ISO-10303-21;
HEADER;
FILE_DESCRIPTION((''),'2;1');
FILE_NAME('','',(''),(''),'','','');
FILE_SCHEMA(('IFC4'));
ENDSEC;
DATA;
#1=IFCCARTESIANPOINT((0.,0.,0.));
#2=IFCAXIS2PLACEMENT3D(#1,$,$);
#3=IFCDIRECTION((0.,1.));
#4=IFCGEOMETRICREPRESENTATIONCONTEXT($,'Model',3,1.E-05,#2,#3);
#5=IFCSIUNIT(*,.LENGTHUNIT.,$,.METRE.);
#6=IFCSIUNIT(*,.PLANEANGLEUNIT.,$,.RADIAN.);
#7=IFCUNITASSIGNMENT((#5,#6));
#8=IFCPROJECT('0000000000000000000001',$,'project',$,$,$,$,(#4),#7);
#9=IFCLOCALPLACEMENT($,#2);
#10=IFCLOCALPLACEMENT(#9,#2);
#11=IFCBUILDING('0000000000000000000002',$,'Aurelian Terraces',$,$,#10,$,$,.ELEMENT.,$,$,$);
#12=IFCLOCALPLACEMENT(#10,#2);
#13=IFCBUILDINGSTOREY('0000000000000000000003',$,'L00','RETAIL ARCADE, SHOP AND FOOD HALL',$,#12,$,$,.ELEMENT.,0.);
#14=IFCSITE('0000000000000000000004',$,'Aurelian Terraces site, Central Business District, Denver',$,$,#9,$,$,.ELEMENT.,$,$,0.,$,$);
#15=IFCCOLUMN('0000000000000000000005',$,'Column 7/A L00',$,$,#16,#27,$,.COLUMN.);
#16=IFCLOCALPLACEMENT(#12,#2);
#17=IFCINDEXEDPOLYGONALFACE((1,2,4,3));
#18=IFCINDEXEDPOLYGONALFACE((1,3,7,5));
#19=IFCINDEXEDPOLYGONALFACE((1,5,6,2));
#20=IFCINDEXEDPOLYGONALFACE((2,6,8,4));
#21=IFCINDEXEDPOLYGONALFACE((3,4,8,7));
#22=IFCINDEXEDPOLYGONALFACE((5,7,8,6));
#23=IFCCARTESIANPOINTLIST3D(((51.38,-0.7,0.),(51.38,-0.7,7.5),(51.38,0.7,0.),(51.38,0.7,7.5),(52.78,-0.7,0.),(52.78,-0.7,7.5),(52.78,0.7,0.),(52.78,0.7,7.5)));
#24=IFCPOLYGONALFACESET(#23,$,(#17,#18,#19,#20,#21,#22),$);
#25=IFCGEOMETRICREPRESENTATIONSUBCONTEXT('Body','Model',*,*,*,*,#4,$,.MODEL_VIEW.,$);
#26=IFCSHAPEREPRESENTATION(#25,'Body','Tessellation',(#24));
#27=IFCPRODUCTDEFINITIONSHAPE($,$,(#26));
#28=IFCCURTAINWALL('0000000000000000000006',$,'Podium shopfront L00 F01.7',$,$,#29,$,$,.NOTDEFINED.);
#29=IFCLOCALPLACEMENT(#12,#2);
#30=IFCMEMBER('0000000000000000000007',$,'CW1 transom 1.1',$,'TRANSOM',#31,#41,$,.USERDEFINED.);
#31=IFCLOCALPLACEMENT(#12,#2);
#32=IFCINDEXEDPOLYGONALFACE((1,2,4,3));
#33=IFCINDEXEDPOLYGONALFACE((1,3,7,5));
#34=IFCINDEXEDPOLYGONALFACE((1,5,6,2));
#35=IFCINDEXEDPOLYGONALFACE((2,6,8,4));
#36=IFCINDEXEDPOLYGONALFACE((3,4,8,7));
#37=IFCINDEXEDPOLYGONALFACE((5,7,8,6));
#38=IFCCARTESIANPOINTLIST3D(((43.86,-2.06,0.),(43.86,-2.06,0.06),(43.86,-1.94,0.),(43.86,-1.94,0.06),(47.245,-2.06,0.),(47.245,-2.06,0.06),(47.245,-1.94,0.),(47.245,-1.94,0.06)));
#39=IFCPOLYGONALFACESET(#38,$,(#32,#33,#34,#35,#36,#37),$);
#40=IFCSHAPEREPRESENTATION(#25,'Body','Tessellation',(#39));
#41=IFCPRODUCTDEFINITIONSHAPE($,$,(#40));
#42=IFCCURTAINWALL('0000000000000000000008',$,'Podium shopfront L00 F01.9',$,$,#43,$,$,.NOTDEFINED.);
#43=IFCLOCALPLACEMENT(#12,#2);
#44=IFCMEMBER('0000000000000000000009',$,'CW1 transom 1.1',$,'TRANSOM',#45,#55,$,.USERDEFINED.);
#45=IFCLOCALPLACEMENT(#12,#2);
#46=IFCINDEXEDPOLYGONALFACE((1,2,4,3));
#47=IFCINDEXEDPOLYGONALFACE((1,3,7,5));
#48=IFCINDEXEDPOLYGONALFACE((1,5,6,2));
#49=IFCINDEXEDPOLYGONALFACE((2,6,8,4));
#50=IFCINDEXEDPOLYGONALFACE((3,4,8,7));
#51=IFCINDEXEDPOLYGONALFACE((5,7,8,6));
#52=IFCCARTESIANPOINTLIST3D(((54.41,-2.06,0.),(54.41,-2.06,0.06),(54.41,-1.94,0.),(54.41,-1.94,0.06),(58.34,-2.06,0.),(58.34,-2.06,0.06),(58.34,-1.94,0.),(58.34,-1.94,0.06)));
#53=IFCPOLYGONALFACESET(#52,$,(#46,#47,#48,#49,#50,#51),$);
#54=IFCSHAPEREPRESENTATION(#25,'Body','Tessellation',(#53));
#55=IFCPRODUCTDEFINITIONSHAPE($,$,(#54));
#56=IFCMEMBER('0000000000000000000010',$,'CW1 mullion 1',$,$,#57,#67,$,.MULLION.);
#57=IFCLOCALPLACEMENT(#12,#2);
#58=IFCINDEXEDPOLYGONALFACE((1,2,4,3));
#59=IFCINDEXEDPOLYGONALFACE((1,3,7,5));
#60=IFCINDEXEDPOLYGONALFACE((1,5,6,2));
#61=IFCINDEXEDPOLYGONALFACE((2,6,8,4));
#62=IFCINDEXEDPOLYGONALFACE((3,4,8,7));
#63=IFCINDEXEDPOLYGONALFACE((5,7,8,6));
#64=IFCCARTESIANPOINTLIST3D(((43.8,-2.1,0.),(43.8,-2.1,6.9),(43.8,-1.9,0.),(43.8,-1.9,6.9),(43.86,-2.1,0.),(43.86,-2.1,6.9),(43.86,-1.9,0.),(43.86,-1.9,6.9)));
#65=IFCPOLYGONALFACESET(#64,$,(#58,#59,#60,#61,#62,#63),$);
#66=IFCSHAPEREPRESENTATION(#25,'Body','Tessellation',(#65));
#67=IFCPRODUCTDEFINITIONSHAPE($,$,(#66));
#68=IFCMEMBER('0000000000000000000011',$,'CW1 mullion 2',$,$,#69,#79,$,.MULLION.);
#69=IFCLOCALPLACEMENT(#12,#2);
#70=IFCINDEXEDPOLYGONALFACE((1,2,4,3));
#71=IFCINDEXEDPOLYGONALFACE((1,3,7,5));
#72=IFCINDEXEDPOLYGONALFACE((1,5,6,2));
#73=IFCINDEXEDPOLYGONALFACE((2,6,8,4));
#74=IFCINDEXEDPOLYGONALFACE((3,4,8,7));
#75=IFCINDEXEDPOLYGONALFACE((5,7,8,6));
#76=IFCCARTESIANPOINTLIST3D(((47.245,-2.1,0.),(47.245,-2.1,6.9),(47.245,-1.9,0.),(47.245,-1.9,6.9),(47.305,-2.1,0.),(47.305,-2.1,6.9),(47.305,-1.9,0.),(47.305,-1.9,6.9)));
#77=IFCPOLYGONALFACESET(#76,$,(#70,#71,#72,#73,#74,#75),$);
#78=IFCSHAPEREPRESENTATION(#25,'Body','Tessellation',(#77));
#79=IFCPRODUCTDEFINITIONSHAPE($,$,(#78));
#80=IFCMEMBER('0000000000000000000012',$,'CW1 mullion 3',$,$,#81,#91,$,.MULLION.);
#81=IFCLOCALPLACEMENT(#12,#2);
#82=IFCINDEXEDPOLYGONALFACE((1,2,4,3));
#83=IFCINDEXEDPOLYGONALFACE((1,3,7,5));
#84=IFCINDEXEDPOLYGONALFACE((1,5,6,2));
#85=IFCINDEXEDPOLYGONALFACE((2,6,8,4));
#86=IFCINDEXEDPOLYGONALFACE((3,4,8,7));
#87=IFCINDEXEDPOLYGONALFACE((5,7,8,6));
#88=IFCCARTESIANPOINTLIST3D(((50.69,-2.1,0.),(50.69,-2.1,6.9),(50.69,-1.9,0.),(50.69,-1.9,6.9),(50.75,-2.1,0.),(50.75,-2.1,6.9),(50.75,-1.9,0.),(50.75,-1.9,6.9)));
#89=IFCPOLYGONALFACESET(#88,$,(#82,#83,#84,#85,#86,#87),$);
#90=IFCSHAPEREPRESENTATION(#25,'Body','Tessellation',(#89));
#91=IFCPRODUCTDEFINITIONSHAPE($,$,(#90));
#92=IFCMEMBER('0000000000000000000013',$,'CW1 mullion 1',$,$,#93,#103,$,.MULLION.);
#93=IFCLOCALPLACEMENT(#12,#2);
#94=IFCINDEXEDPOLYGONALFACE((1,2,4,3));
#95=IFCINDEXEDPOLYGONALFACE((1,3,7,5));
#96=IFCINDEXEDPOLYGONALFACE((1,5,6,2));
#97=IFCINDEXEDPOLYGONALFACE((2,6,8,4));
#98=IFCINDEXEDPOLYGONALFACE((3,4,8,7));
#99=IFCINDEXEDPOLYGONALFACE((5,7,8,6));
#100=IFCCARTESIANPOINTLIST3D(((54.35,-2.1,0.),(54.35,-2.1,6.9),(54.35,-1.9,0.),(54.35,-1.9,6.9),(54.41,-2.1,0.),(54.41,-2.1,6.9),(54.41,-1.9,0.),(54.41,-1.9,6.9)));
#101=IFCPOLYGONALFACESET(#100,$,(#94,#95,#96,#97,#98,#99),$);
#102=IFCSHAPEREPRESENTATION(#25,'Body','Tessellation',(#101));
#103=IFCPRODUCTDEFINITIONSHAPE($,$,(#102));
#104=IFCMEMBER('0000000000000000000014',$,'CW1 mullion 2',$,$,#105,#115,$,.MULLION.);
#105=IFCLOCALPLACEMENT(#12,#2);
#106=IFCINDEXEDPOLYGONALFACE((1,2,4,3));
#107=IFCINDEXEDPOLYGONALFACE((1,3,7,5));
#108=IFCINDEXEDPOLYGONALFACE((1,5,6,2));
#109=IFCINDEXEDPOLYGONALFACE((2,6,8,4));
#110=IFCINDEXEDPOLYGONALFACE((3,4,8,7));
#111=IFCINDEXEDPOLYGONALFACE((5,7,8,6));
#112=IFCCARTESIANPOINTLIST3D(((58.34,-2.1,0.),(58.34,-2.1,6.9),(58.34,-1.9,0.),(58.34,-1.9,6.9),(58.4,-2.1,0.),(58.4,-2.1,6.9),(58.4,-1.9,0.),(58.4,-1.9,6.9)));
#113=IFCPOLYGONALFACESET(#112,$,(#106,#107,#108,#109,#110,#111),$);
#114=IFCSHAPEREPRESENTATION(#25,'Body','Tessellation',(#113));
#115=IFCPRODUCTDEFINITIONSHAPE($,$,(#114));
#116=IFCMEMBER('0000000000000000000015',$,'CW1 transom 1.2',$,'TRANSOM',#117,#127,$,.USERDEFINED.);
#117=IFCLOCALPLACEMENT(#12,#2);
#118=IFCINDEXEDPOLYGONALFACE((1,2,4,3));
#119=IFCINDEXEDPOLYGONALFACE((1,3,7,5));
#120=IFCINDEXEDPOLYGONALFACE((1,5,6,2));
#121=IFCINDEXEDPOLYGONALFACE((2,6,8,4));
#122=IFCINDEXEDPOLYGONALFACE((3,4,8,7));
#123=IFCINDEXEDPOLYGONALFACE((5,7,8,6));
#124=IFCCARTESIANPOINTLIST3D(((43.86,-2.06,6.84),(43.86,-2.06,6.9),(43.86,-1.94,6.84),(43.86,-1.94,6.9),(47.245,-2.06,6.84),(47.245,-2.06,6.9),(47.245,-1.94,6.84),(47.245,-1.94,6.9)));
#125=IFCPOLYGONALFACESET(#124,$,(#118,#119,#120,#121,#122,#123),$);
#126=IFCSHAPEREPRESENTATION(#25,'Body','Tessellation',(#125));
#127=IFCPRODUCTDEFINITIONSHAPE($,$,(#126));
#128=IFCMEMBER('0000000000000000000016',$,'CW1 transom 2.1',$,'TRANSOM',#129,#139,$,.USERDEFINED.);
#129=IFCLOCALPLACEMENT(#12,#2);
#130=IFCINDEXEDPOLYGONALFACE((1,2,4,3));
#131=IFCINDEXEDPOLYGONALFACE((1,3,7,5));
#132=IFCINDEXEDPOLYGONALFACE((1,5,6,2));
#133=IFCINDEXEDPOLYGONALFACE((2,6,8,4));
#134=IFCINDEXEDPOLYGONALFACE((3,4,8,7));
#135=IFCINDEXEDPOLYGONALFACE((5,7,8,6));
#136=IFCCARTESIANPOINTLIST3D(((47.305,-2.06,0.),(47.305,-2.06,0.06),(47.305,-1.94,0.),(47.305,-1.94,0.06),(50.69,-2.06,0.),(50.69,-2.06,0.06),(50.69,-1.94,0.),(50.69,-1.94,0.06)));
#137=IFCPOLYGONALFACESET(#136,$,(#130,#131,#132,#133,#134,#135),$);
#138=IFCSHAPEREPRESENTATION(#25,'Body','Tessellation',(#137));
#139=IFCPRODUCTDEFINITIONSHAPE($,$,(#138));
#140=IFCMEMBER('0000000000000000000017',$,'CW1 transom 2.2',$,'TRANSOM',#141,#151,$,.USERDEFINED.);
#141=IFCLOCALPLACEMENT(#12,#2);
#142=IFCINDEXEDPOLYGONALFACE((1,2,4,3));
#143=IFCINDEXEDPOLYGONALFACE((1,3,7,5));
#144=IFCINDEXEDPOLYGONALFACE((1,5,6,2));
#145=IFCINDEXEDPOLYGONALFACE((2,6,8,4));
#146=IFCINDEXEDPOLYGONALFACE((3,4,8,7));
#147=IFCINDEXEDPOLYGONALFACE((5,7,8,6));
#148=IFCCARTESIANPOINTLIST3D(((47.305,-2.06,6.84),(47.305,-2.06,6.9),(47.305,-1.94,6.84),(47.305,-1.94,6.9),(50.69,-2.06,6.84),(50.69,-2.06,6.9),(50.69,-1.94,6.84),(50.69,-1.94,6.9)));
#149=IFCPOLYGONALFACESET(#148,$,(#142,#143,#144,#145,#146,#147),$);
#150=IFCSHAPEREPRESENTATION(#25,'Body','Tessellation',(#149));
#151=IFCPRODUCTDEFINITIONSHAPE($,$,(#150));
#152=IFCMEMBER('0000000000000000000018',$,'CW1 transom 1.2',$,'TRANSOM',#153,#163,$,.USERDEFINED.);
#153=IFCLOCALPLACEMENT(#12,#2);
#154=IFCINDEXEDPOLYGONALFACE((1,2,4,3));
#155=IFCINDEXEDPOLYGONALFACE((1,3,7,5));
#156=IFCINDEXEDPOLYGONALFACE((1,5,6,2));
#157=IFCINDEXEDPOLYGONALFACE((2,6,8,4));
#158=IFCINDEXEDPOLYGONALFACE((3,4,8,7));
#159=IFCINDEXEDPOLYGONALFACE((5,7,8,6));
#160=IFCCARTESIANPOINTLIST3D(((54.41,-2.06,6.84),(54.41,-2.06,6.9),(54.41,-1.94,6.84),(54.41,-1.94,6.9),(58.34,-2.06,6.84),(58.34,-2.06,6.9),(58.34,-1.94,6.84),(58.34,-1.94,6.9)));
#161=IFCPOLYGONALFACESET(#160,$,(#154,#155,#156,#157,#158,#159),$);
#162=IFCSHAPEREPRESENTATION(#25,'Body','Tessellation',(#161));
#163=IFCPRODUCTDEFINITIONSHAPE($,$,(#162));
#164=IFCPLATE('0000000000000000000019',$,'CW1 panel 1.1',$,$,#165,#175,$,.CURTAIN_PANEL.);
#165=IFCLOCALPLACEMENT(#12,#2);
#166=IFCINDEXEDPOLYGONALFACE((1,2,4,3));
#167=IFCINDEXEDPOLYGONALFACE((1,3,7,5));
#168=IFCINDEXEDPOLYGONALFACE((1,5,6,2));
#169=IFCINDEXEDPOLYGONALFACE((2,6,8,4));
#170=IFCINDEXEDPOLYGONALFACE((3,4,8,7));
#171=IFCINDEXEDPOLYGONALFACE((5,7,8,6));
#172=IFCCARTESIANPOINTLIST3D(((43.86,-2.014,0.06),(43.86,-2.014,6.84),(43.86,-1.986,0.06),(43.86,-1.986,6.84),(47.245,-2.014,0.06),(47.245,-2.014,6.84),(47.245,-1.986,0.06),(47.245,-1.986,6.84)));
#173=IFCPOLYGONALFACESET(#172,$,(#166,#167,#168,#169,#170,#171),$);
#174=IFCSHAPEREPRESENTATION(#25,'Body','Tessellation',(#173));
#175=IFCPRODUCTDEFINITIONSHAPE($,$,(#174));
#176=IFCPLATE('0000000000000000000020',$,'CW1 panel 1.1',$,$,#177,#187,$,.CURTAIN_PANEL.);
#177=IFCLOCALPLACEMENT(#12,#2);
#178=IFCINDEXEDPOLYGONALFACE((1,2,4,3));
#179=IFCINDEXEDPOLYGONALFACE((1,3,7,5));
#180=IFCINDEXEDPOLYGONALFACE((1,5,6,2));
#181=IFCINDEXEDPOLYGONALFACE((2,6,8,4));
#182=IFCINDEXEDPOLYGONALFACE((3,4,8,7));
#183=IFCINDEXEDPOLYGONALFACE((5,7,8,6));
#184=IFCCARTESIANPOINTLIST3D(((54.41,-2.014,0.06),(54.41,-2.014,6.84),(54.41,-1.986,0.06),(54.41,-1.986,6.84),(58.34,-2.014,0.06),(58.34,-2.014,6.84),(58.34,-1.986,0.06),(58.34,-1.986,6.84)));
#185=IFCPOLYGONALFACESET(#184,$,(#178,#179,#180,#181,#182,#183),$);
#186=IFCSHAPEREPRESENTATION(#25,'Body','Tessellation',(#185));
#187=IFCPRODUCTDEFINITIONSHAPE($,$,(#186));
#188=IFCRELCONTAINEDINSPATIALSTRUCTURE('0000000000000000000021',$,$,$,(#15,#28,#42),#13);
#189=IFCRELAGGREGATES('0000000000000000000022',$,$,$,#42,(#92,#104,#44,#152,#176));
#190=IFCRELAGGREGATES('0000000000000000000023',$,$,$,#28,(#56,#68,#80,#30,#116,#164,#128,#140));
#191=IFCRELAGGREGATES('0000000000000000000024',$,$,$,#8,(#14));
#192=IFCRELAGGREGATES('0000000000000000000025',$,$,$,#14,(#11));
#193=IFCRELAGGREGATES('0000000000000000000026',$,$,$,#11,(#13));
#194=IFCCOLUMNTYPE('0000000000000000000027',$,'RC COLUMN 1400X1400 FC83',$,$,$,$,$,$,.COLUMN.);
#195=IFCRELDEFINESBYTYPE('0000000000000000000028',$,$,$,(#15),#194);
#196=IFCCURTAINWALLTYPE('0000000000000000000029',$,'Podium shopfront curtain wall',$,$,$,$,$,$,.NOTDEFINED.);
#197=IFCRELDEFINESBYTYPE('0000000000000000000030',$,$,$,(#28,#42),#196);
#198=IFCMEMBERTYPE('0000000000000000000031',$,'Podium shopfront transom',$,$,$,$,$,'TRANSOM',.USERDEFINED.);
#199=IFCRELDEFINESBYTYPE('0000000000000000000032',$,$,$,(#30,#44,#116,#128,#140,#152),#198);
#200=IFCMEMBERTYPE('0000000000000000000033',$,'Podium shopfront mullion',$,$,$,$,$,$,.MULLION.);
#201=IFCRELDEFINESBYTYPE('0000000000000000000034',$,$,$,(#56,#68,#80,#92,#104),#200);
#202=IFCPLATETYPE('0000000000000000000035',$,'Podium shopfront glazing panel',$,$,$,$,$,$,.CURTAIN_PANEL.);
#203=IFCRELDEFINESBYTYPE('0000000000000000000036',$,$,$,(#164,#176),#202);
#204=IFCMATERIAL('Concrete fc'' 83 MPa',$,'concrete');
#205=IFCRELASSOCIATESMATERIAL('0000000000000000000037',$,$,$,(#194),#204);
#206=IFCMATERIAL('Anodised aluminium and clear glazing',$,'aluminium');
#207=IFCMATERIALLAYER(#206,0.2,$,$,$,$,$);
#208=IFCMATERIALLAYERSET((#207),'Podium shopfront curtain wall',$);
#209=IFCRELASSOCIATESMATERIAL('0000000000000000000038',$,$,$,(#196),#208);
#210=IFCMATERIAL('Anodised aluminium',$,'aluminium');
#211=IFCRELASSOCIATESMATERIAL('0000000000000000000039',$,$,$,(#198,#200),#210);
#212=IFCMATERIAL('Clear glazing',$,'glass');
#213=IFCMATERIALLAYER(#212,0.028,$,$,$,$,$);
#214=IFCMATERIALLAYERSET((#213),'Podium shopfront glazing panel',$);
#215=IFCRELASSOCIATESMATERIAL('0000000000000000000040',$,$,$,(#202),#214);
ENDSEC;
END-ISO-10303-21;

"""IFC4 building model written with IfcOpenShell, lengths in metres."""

from ifc_helpers import new_model, si_unit, direction, frame, origin, origin_2d, place, context, subcontext, project, spatial, rectangle, extrude, source, transform, mapped, material, layer, layer_set, material_profile, profile_set, type_object, element, aggregate, save


model = new_model("IFC4")

# Units and contexts
model_context = context("Model", 3, precision=1e-05, world=origin(), true_north=direction((0.0, 1.0)))
body_context = subcontext(model_context, "Body", "Model", "MODEL_VIEW")
ifc_project = project(units=[si_unit("LENGTHUNIT", "METRE"), si_unit("PLANEANGLEUNIT", "RADIAN")], contexts=[model_context])

# Site, building, storey
site_placement = place(None, origin())
site = spatial("IfcSite", under=ifc_project, at=site_placement, Name="Aurelian Terraces site, Central Business District, Denver", CompositionType="ELEMENT", RefElevation=0.0)
building_placement = place(site_placement, origin())
building = spatial("IfcBuilding", under=site, at=building_placement, Name="Aurelian Terraces", CompositionType="ELEMENT")
storey_placement = place(building_placement, origin())
storey = spatial("IfcBuildingStorey", under=building, at=storey_placement, Name="L00", Description="RETAIL ARCADE, SHOP AND FOOD HALL", CompositionType="ELEMENT", Elevation=0.0)

# Column
ifc_material_1 = material(Name="Concrete fc' 83 MPa", Category="concrete")
ifc_material_profile_1 = material_profile(ifc_material_1, rectangle(XDim=1.4, YDim=1.4, at=origin_2d()))
ifc_profile_set_1 = profile_set([ifc_material_profile_1], Name="Concrete fc' 83 MPa")
column_type = type_object("IfcColumnType", Name="RC COLUMN 1400X1400 FC83", PredefinedType="COLUMN", material=ifc_profile_set_1)
shared_shape_1 = source(origin(), body_context, "Body", "SweptSolid", [
    extrude(rectangle(XDim=1.4, YDim=1.4, at=origin_2d()), origin(), (0.0, 0.0, 1.0), 7.5),
])
column_placement = place(storey_placement, frame((52.08, 0.0, 0.0), z_axis=(0.0, 0.0, 1.0), x_axis=(1.0, 0.0, 0.0)))
element("IfcColumn", 1, at=column_placement, inside=storey, type_object=column_type, Name="Column 7/A L00", PredefinedType="COLUMN", context=body_context, shape_type="MappedRepresentation", body=[
    mapped(shared_shape_1, transform((0.0, 0.0, 0.0), scale=1.0)),
])

# Curtain walls, members
ifc_material_2 = material(Name="Anodised aluminium and clear glazing", Category="aluminium")
ifc_layer_1 = layer(ifc_material_2, 0.2)
ifc_layer_set_1 = layer_set([ifc_layer_1], Name="Podium shopfront curtain wall")
curtain_wall_type = type_object("IfcCurtainWallType", Name="Podium shopfront curtain wall", PredefinedType="NOTDEFINED", material=ifc_layer_set_1)
curtain_wall_1_placement = place(storey_placement, origin())
curtain_wall_1 = element("IfcCurtainWall", 2, at=curtain_wall_1_placement, inside=storey, type_object=curtain_wall_type, Name="Podium shopfront L00 F01.7", PredefinedType="NOTDEFINED")
ifc_material_3 = material(Name="Anodised aluminium", Category="aluminium")
ifc_material_profile_2 = material_profile(ifc_material_3, rectangle(XDim=0.12, YDim=0.06, at=origin_2d()))
ifc_profile_set_2 = profile_set([ifc_material_profile_2], Name="Anodised aluminium")
member_type_1 = type_object("IfcMemberType", Name="Podium shopfront transom", ElementType="TRANSOM", PredefinedType="USERDEFINED", material=ifc_profile_set_2)
member_1_placement = place(storey_placement, frame((43.86, -2.0, 0.03), z_axis=(1.0, 0.0, 0.0), x_axis=(0.0, 1.0, 0.0)))
member_1 = element("IfcMember", 3, at=member_1_placement, type_object=member_type_1, Name="CW1 transom 1.1", ObjectType="TRANSOM", PredefinedType="USERDEFINED", context=body_context, shape_type="SweptSolid", body=[
    extrude(rectangle(XDim=0.12, YDim=0.06, at=origin_2d()), origin(), (0.0, 0.0, 1.0), 3.385),
])
curtain_wall_2_placement = place(storey_placement, origin())
curtain_wall_2 = element("IfcCurtainWall", 4, at=curtain_wall_2_placement, inside=storey, type_object=curtain_wall_type, Name="Podium shopfront L00 F01.9", PredefinedType="NOTDEFINED")
member_2_placement = place(storey_placement, frame((54.41, -2.0, 0.03), z_axis=(1.0, 0.0, 0.0), x_axis=(0.0, 1.0, 0.0)))
member_2 = element("IfcMember", 5, at=member_2_placement, type_object=member_type_1, Name="CW1 transom 1.1", ObjectType="TRANSOM", PredefinedType="USERDEFINED", context=body_context, shape_type="SweptSolid", body=[
    extrude(rectangle(XDim=0.12, YDim=0.06, at=origin_2d()), origin(), (0.0, 0.0, 1.0), 3.93),
])

# Members
ifc_material_profile_3 = material_profile(ifc_material_3, rectangle(XDim=0.2, YDim=0.06, at=origin_2d()))
ifc_profile_set_3 = profile_set([ifc_material_profile_3], Name="Anodised aluminium")
member_type_2 = type_object("IfcMemberType", Name="Podium shopfront mullion", PredefinedType="MULLION", material=ifc_profile_set_3)
shared_shape_2 = source(origin(), body_context, "Body", "SweptSolid", [
    extrude(rectangle(XDim=0.2, YDim=0.06, at=origin_2d()), origin(), (0.0, 0.0, 1.0), 6.9),
])
member_3_placement = place(storey_placement, frame((43.83, -2.0, 0.0), z_axis=(0.0, 0.0, 1.0), x_axis=(0.0, 1.0, 0.0)))
member_3 = element("IfcMember", 6, at=member_3_placement, type_object=member_type_2, Name="CW1 mullion 1", PredefinedType="MULLION", context=body_context, shape_type="MappedRepresentation", body=[
    mapped(shared_shape_2, transform((0.0, 0.0, 0.0), scale=1.0)),
])
member_4_placement = place(storey_placement, frame((47.275, -2.0, 0.0), z_axis=(0.0, 0.0, 1.0), x_axis=(0.0, 1.0, 0.0)))
member_4 = element("IfcMember", 7, at=member_4_placement, type_object=member_type_2, Name="CW1 mullion 2", PredefinedType="MULLION", context=body_context, shape_type="MappedRepresentation", body=[
    mapped(shared_shape_2, transform((0.0, 0.0, 0.0), scale=1.0)),
])
member_5_placement = place(storey_placement, frame((50.72, -2.0, 0.0), z_axis=(0.0, 0.0, 1.0), x_axis=(0.0, 1.0, 0.0)))
member_5 = element("IfcMember", 8, at=member_5_placement, type_object=member_type_2, Name="CW1 mullion 3", PredefinedType="MULLION", context=body_context, shape_type="MappedRepresentation", body=[
    mapped(shared_shape_2, transform((0.0, 0.0, 0.0), scale=1.0)),
])
member_6_placement = place(storey_placement, frame((54.38, -2.0, 0.0), z_axis=(0.0, 0.0, 1.0), x_axis=(0.0, 1.0, 0.0)))
member_6 = element("IfcMember", 9, at=member_6_placement, type_object=member_type_2, Name="CW1 mullion 1", PredefinedType="MULLION", context=body_context, shape_type="MappedRepresentation", body=[
    mapped(shared_shape_2, transform((0.0, 0.0, 0.0), scale=1.0)),
])
member_7_placement = place(storey_placement, frame((58.37, -2.0, 0.0), z_axis=(0.0, 0.0, 1.0), x_axis=(0.0, 1.0, 0.0)))
member_7 = element("IfcMember", 10, at=member_7_placement, type_object=member_type_2, Name="CW1 mullion 2", PredefinedType="MULLION", context=body_context, shape_type="MappedRepresentation", body=[
    mapped(shared_shape_2, transform((0.0, 0.0, 0.0), scale=1.0)),
])
shared_shape_3 = source(origin(), body_context, "Body", "SweptSolid", [
    extrude(rectangle(XDim=0.12, YDim=0.06, at=origin_2d()), origin(), (0.0, 0.0, 1.0), 3.385),
])
member_8_placement = place(storey_placement, frame((43.86, -2.0, 6.87), z_axis=(1.0, 0.0, 0.0), x_axis=(0.0, 1.0, 0.0)))
member_8 = element("IfcMember", 11, at=member_8_placement, type_object=member_type_1, Name="CW1 transom 1.2", ObjectType="TRANSOM", PredefinedType="USERDEFINED", context=body_context, shape_type="MappedRepresentation", body=[
    mapped(shared_shape_3, transform((0.0, 0.0, 0.0), scale=1.0)),
])
member_9_placement = place(storey_placement, frame((47.305, -2.0, 0.03), z_axis=(1.0, 0.0, 0.0), x_axis=(0.0, 1.0, 0.0)))
member_9 = element("IfcMember", 12, at=member_9_placement, type_object=member_type_1, Name="CW1 transom 2.1", ObjectType="TRANSOM", PredefinedType="USERDEFINED", context=body_context, shape_type="MappedRepresentation", body=[
    mapped(shared_shape_3, transform((0.0, 0.0, 0.0), scale=1.0)),
])
member_10_placement = place(storey_placement, frame((47.305, -2.0, 6.87), z_axis=(1.0, 0.0, 0.0), x_axis=(0.0, 1.0, 0.0)))
member_10 = element("IfcMember", 13, at=member_10_placement, type_object=member_type_1, Name="CW1 transom 2.2", ObjectType="TRANSOM", PredefinedType="USERDEFINED", context=body_context, shape_type="MappedRepresentation", body=[
    mapped(shared_shape_3, transform((0.0, 0.0, 0.0), scale=1.0)),
])
shared_shape_4 = source(origin(), body_context, "Body", "SweptSolid", [
    extrude(rectangle(XDim=0.12, YDim=0.06, at=origin_2d()), origin(), (0.0, 0.0, 1.0), 3.93),
])
member_11_placement = place(storey_placement, frame((54.41, -2.0, 6.87), z_axis=(1.0, 0.0, 0.0), x_axis=(0.0, 1.0, 0.0)))
member_11 = element("IfcMember", 14, at=member_11_placement, type_object=member_type_1, Name="CW1 transom 1.2", ObjectType="TRANSOM", PredefinedType="USERDEFINED", context=body_context, shape_type="MappedRepresentation", body=[
    mapped(shared_shape_4, transform((0.0, 0.0, 0.0), scale=1.0)),
])

# Plates
ifc_material_4 = material(Name="Clear glazing", Category="glass")
ifc_layer_2 = layer(ifc_material_4, 0.028)
ifc_layer_set_2 = layer_set([ifc_layer_2], Name="Podium shopfront glazing panel")
plate_type = type_object("IfcPlateType", Name="Podium shopfront glazing panel", PredefinedType="CURTAIN_PANEL", material=ifc_layer_set_2)
plate_1_placement = place(storey_placement, frame((45.5525, -2.0, 0.06), z_axis=(0.0, 0.0, 1.0), x_axis=(1.0, 0.0, 0.0)))
plate_1 = element("IfcPlate", 15, at=plate_1_placement, type_object=plate_type, Name="CW1 panel 1.1", PredefinedType="CURTAIN_PANEL", context=body_context, shape_type="SweptSolid", body=[
    extrude(rectangle(XDim=3.385, YDim=0.028, at=origin_2d()), origin(), (0.0, 0.0, 1.0), 6.78),
])
plate_2_placement = place(storey_placement, frame((56.375, -2.0, 0.06), z_axis=(0.0, 0.0, 1.0), x_axis=(1.0, 0.0, 0.0)))
plate_2 = element("IfcPlate", 16, at=plate_2_placement, type_object=plate_type, Name="CW1 panel 1.1", PredefinedType="CURTAIN_PANEL", context=body_context, shape_type="SweptSolid", body=[
    extrude(rectangle(XDim=3.93, YDim=0.028, at=origin_2d()), origin(), (0.0, 0.0, 1.0), 6.78),
])
aggregate(curtain_wall_2, [member_6, member_7, member_2, member_11, plate_2])
aggregate(curtain_wall_1, [member_3, member_4, member_5, member_1, member_8, plate_1, member_9, member_10])

save(model, "model.ifc")
